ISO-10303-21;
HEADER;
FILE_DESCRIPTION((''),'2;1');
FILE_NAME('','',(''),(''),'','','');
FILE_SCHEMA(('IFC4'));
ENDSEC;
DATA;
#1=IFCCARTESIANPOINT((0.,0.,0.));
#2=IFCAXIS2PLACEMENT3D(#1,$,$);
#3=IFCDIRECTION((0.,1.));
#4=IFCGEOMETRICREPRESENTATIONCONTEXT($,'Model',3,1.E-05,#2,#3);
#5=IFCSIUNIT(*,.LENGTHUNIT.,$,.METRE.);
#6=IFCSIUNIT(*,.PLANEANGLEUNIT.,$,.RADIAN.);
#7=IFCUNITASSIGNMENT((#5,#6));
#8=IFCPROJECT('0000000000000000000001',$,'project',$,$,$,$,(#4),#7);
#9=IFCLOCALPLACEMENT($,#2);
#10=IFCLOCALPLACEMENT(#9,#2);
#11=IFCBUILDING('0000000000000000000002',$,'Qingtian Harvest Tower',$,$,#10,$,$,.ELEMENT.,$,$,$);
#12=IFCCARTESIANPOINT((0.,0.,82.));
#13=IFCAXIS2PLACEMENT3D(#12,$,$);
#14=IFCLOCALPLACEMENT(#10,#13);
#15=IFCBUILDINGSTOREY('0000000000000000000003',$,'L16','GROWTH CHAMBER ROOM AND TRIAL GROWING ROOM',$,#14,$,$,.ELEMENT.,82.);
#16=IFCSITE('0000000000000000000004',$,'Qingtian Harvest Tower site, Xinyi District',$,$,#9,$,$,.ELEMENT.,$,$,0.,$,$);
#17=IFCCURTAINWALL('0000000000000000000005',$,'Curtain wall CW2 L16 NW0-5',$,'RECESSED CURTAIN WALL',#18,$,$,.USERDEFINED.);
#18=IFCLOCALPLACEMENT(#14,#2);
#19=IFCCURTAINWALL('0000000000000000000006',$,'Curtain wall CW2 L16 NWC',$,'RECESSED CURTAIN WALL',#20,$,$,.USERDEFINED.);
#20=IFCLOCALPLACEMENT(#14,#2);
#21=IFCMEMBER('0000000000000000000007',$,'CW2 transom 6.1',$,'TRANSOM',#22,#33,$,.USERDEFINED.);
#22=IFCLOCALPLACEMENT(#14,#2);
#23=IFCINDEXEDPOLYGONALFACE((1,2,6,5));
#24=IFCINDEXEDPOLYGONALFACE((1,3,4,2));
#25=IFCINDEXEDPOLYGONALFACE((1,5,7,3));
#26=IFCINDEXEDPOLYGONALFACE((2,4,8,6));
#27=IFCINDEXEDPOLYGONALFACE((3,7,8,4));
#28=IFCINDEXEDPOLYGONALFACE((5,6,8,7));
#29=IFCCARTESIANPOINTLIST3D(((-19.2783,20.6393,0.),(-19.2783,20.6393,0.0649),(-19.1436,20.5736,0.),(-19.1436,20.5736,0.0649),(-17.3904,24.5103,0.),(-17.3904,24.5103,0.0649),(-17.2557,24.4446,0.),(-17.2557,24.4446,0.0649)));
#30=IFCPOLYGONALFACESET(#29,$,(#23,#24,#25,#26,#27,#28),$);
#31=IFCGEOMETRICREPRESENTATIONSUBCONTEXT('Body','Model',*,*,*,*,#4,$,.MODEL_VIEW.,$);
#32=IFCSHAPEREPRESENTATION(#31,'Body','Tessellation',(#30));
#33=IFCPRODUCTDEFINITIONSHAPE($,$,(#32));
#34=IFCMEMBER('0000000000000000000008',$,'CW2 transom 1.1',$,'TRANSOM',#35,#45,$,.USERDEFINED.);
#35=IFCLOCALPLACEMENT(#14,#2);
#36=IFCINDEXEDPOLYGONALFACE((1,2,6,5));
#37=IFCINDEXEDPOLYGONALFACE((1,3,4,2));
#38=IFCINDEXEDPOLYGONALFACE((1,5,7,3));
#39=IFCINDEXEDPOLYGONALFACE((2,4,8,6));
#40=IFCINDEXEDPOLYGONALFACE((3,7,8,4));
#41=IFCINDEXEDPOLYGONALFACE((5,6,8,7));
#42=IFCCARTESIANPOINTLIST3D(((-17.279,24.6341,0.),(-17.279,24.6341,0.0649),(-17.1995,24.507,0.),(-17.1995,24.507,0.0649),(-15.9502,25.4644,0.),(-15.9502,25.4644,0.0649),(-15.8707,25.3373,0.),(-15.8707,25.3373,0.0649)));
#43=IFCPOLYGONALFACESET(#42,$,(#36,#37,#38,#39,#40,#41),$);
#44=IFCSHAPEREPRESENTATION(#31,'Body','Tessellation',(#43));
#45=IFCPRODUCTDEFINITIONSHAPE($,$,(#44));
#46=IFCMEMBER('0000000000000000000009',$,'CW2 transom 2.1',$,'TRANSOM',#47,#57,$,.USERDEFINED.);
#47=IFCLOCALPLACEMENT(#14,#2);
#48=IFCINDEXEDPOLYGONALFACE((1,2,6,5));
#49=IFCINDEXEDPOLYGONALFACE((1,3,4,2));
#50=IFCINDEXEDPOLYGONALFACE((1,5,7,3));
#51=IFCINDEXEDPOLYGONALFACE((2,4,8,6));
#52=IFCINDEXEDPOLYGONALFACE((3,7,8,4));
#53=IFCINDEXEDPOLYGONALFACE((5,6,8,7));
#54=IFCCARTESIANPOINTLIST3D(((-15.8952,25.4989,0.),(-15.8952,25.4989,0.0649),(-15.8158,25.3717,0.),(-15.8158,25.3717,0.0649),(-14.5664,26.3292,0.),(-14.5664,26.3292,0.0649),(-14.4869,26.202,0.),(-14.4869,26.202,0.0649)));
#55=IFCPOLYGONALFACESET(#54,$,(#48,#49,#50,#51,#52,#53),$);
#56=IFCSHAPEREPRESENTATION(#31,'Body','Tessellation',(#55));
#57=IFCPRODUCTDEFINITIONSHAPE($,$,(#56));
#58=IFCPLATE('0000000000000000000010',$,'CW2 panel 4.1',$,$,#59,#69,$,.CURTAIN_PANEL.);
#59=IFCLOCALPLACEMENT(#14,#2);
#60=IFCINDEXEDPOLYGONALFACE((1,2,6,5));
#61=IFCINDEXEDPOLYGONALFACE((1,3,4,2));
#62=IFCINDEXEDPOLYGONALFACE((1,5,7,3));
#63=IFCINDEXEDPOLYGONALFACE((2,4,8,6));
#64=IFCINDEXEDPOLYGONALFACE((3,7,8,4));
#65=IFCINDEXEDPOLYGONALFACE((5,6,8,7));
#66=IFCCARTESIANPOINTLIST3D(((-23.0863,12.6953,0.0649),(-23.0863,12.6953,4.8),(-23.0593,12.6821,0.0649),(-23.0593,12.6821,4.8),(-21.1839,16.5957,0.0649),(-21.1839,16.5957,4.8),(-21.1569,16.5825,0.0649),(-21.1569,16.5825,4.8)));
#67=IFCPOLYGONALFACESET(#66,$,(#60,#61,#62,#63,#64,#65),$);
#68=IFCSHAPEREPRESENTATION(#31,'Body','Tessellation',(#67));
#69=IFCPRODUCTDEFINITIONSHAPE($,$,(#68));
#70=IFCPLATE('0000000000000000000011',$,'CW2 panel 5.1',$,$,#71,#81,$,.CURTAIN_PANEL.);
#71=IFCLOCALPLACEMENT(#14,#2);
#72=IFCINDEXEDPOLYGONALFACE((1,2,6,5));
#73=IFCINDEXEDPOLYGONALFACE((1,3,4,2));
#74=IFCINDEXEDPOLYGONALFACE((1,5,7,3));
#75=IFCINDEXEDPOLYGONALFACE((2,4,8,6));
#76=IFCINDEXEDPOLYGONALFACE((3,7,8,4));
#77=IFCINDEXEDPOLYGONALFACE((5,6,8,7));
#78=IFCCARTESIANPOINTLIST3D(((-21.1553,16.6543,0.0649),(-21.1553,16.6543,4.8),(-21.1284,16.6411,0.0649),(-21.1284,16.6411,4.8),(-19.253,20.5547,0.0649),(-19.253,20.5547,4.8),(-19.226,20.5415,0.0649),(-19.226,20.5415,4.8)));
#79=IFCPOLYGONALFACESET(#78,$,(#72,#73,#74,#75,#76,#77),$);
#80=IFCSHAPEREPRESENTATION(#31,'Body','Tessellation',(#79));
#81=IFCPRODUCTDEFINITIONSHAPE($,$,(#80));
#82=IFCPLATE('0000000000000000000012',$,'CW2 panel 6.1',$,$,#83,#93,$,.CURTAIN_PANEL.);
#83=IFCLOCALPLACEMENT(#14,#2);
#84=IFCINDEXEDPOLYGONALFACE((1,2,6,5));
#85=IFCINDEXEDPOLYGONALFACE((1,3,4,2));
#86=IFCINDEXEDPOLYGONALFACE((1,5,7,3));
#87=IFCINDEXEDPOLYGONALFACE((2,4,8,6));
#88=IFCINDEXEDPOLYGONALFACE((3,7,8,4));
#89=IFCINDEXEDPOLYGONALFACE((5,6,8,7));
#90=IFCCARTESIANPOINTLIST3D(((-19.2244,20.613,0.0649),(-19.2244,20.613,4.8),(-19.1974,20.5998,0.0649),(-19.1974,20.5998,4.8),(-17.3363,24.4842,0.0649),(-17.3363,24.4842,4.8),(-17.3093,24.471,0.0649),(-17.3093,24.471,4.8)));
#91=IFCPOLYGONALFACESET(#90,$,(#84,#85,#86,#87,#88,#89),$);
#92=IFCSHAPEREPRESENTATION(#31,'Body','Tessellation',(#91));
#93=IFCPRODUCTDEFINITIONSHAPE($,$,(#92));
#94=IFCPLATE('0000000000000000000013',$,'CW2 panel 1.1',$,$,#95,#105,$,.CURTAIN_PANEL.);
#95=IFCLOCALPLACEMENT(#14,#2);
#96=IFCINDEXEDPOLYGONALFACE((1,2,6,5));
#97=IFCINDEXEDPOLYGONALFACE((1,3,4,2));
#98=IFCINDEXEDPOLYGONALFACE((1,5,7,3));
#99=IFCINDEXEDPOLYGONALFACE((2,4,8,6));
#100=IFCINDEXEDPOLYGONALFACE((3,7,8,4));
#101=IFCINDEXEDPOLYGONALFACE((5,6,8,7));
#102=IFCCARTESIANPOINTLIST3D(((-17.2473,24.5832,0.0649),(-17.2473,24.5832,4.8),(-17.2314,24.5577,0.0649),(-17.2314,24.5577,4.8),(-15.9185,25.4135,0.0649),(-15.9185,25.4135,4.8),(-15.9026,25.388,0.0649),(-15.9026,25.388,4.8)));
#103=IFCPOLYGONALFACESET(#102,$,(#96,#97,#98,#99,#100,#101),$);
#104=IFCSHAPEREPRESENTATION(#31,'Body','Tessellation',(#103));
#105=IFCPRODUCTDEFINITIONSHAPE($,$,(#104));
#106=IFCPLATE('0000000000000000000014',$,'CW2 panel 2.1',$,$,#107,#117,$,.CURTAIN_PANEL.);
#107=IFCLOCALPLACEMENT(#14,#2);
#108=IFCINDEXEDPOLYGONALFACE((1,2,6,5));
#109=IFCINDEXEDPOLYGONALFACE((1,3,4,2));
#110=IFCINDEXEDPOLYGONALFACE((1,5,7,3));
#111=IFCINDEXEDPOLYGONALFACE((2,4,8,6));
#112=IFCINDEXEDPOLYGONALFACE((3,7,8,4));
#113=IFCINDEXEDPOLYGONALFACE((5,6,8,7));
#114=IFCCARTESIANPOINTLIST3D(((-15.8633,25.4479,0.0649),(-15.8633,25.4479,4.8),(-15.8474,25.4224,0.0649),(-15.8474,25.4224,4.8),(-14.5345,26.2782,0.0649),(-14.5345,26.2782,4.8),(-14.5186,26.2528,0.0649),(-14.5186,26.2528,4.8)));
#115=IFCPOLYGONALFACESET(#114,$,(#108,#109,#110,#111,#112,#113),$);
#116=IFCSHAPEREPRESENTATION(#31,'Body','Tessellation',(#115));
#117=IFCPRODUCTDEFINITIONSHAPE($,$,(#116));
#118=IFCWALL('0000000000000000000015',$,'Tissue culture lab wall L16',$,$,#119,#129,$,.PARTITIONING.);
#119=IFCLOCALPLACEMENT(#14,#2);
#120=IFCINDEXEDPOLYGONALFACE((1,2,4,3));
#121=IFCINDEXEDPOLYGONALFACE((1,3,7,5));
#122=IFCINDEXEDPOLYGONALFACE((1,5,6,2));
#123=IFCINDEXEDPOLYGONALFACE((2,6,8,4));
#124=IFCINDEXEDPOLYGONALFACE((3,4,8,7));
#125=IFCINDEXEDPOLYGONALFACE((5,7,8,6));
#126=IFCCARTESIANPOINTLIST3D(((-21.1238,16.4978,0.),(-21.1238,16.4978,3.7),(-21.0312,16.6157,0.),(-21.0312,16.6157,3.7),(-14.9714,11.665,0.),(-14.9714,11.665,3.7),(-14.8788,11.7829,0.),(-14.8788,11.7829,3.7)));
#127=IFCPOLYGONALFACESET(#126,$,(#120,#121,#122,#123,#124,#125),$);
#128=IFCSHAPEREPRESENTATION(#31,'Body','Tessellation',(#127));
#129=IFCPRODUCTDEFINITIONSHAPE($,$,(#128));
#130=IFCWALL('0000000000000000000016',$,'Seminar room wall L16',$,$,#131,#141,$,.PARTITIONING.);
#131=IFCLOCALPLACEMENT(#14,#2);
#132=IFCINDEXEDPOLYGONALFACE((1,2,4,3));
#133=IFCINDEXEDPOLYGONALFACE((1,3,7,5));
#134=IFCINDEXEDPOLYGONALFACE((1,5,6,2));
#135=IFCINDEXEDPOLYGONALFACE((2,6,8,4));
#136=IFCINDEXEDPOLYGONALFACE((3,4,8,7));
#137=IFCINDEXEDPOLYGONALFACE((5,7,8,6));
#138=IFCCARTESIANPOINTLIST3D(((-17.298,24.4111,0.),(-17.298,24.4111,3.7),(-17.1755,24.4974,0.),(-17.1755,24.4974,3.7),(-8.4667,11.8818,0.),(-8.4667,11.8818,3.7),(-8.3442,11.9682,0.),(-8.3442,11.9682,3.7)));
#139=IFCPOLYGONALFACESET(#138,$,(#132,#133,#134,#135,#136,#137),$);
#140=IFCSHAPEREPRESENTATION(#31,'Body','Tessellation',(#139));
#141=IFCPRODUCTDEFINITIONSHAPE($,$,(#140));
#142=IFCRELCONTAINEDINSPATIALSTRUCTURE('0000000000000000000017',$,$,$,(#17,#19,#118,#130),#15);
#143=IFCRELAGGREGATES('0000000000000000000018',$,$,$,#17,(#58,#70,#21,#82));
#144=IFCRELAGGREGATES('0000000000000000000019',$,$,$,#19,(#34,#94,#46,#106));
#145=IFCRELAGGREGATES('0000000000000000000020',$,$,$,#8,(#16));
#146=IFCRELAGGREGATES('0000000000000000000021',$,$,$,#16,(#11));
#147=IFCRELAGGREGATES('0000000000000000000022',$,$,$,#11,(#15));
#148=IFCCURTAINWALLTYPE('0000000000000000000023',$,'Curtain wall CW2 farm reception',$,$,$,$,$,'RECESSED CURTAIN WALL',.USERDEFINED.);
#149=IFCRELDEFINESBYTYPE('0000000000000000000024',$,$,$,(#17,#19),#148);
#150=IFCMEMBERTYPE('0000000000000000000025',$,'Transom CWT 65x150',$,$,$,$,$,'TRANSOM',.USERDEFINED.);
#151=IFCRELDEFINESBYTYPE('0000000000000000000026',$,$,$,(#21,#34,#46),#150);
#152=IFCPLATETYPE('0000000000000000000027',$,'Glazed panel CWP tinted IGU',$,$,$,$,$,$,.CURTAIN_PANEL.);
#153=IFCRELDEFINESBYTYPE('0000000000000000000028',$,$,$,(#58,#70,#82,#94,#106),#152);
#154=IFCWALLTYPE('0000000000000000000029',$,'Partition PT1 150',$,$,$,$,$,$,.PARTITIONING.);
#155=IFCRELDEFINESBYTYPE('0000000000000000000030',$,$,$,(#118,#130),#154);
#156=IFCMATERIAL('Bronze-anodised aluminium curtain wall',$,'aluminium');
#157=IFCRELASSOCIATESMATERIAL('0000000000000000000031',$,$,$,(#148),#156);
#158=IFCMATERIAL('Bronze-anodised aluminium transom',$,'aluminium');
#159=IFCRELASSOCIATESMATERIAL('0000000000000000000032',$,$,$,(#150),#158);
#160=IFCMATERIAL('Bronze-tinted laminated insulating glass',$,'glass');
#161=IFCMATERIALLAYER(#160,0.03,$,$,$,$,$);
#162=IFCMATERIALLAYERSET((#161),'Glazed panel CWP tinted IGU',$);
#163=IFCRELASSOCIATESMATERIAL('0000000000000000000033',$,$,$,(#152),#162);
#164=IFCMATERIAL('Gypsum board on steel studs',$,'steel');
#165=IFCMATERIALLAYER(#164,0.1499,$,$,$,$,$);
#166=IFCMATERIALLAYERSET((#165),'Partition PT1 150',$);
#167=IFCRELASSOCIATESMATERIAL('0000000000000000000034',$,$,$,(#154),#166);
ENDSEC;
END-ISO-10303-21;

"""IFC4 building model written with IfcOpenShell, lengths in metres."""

from ifc_helpers import new_model, si_unit, direction, frame, frame_2d, origin, origin_2d, place, context, subcontext, project, spatial, rectangle, extrude, material, layer, layer_set, material_profile, profile_set, type_object, element, aggregate, save


model = new_model("IFC4")

# Units and contexts
model_context = context("Model", 3, precision=1e-05, world=origin(), true_north=direction((0.0, 1.0)))
body_context = subcontext(model_context, "Body", "Model", "MODEL_VIEW")
ifc_project = project(units=[si_unit("LENGTHUNIT", "METRE"), si_unit("PLANEANGLEUNIT", "RADIAN")], contexts=[model_context])

# Site, building, storey
site_placement = place(None, origin())
site = spatial("IfcSite", under=ifc_project, at=site_placement, Name="Qingtian Harvest Tower site, Xinyi District", CompositionType="ELEMENT", RefElevation=0.0)
building_placement = place(site_placement, origin())
building = spatial("IfcBuilding", under=site, at=building_placement, Name="Qingtian Harvest Tower", CompositionType="ELEMENT")
storey_placement = place(building_placement, frame((0.0, 0.0, 82.0)))
storey = spatial("IfcBuildingStorey", under=building, at=storey_placement, Name="L16", Description="GROWTH CHAMBER ROOM AND TRIAL GROWING ROOM", CompositionType="ELEMENT", Elevation=82.0)

# Curtain walls
ifc_material_1 = material(Name="Bronze-anodised aluminium curtain wall", Category="aluminium")
curtain_wall_type = type_object("IfcCurtainWallType", Name="Curtain wall CW2 farm reception", ElementType="RECESSED CURTAIN WALL", PredefinedType="USERDEFINED", material=ifc_material_1)
curtain_wall_1_placement = place(storey_placement, origin())
curtain_wall_1 = element("IfcCurtainWall", 1, at=curtain_wall_1_placement, inside=storey, type_object=curtain_wall_type, Name="Curtain wall CW2 L16 NW0-5", ObjectType="RECESSED CURTAIN WALL", PredefinedType="USERDEFINED")
curtain_wall_2_placement = place(storey_placement, origin())
curtain_wall_2 = element("IfcCurtainWall", 2, at=curtain_wall_2_placement, inside=storey, type_object=curtain_wall_type, Name="Curtain wall CW2 L16 NWC", ObjectType="RECESSED CURTAIN WALL", PredefinedType="USERDEFINED")

# Members
ifc_material_2 = material(Name="Bronze-anodised aluminium transom", Category="aluminium")
ifc_material_profile_1 = material_profile(ifc_material_2, rectangle(XDim=0.1499, YDim=0.0649, at=origin_2d()), Name="AL 65x150")
ifc_profile_set_1 = profile_set([ifc_material_profile_1], Name="Bronze-anodised aluminium transom")
member_type_1 = type_object("IfcMemberType", Name="Transom CWT 65x150", ElementType="TRANSOM", PredefinedType="USERDEFINED", material=ifc_profile_set_1)
member_1_placement = place(storey_placement, frame((-19.2109, 20.6064, 0.0325), z_axis=(0.438349, 0.898805, 0.0), x_axis=(-0.898805, 0.438349, 0.0)))
member_1 = element("IfcMember", 3, at=member_1_placement, type_object=member_type_1, Name="CW2 transom 6.1", ObjectType="TRANSOM", PredefinedType="USERDEFINED", context=body_context, shape_type="SweptSolid", body=[
    extrude(rectangle(XDim=0.1499, YDim=0.0649, at=origin_2d()), origin(), (0.0, 0.0, 1.0), 4.3069),
])
member_2_placement = place(storey_placement, frame((-17.2393, 24.5706, 0.0325), z_axis=(0.84806, 0.529901, 0.0), x_axis=(-0.529901, 0.84806, 0.0)))
member_2 = element("IfcMember", 4, at=member_2_placement, type_object=member_type_1, Name="CW2 transom 1.1", ObjectType="TRANSOM", PredefinedType="USERDEFINED", context=body_context, shape_type="SweptSolid", body=[
    extrude(rectangle(XDim=0.1499, YDim=0.0649, at=origin_2d()), origin(), (0.0, 0.0, 1.0), 1.5669),
])
member_3_placement = place(storey_placement, frame((-15.8555, 25.4353, 0.0325), z_axis=(0.84806, 0.529901, 0.0), x_axis=(-0.529901, 0.84806, 0.0)))
member_3 = element("IfcMember", 5, at=member_3_placement, type_object=member_type_1, Name="CW2 transom 2.1", ObjectType="TRANSOM", PredefinedType="USERDEFINED", context=body_context, shape_type="SweptSolid", body=[
    extrude(rectangle(XDim=0.1499, YDim=0.0649, at=origin_2d()), origin(), (0.0, 0.0, 1.0), 1.5669),
])

# Plates
ifc_material_3 = material(Name="Bronze-tinted laminated insulating glass", Category="glass")
ifc_layer_1 = layer(ifc_material_3, 0.03)
ifc_layer_set_1 = layer_set([ifc_layer_1], Name="Glazed panel CWP tinted IGU")
plate_type = type_object("IfcPlateType", Name="Glazed panel CWP tinted IGU", PredefinedType="CURTAIN_PANEL", material=ifc_layer_set_1)
plate_1_placement = place(storey_placement, frame((-22.1216, 14.6389, 0.0649), z_axis=(0.0, 0.0, 1.0), x_axis=(0.438371, 0.898794, 0.0)))
plate_1 = element("IfcPlate", 6, at=plate_1_placement, type_object=plate_type, Name="CW2 panel 4.1", PredefinedType="CURTAIN_PANEL", context=body_context, shape_type="SweptSolid", body=[
    extrude(rectangle(XDim=4.3396, YDim=0.03, at=origin_2d()), origin(), (0.0, 0.0, 1.0), 4.7351),
])
plate_2_placement = place(storey_placement, frame((-20.1907, 18.5979, 0.0649), z_axis=(0.0, 0.0, 1.0), x_axis=(0.438371, 0.898794, 0.0)))
plate_2 = element("IfcPlate", 7, at=plate_2_placement, type_object=plate_type, Name="CW2 panel 5.1", PredefinedType="CURTAIN_PANEL", context=body_context, shape_type="SweptSolid", body=[
    extrude(rectangle(XDim=4.3396, YDim=0.03, at=origin_2d()), origin(), (0.0, 0.0, 1.0), 4.7351),
])
plate_3_placement = place(storey_placement, frame((-18.2668, 22.542, 0.0649), z_axis=(0.0, 0.0, 1.0), x_axis=(0.438371, 0.898794, 0.0)))
plate_3 = element("IfcPlate", 8, at=plate_3_placement, type_object=plate_type, Name="CW2 panel 6.1", PredefinedType="CURTAIN_PANEL", context=body_context, shape_type="SweptSolid", body=[
    extrude(rectangle(XDim=4.3071, YDim=0.03, at=origin_2d()), origin(), (0.0, 0.0, 1.0), 4.7351),
])
aggregate(curtain_wall_1, [plate_1, plate_2, member_1, plate_3])
plate_4_placement = place(storey_placement, frame((-16.575, 24.9856, 0.0649), z_axis=(0.0, 0.0, 1.0), x_axis=(0.848048, 0.529919, 0.0)))
plate_4 = element("IfcPlate", 9, at=plate_4_placement, type_object=plate_type, Name="CW2 panel 1.1", PredefinedType="CURTAIN_PANEL", context=body_context, shape_type="SweptSolid", body=[
    extrude(rectangle(XDim=1.5669, YDim=0.03, at=origin_2d()), origin(), (0.0, 0.0, 1.0), 4.7351),
])
plate_5_placement = place(storey_placement, frame((-15.1909, 25.8503, 0.0649), z_axis=(0.0, 0.0, 1.0), x_axis=(0.848048, 0.529919, 0.0)))
plate_5 = element("IfcPlate", 10, at=plate_5_placement, type_object=plate_type, Name="CW2 panel 2.1", PredefinedType="CURTAIN_PANEL", context=body_context, shape_type="SweptSolid", body=[
    extrude(rectangle(XDim=1.5669, YDim=0.03, at=origin_2d()), origin(), (0.0, 0.0, 1.0), 4.7351),
])
aggregate(curtain_wall_2, [member_2, plate_4, member_3, plate_5])

# Walls
ifc_material_4 = material(Name="Gypsum board on steel studs", Category="steel")
ifc_layer_2 = layer(ifc_material_4, 0.1499)
ifc_layer_set_2 = layer_set([ifc_layer_2], Name="Partition PT1 150")
wall_type = type_object("IfcWallType", Name="Partition PT1 150", PredefinedType="PARTITIONING", material=ifc_layer_set_2)
wall_1_placement = place(storey_placement, frame((-21.0774, 16.5566, 0.0), z_axis=(0.0, 0.0, 1.0), x_axis=(0.786394, -0.617725, 0.0)))
element("IfcWall", 11, at=wall_1_placement, inside=storey, type_object=wall_type, Name="Tissue culture lab wall L16", PredefinedType="PARTITIONING", context=body_context, shape_type="SweptSolid", body=[
    extrude(rectangle(XDim=7.8235, YDim=0.1499, at=frame_2d((3.9116, 0.0))), origin(), (0.0, 0.0, 1.0), 3.7),
])
wall_2_placement = place(storey_placement, frame((-17.2368, 24.4543, 0.0), z_axis=(0.0, 0.0, 1.0), x_axis=(0.576121, -0.817364, 0.0)))
element("IfcWall", 12, at=wall_2_placement, inside=storey, type_object=wall_type, Name="Seminar room wall L16", PredefinedType="PARTITIONING", context=body_context, shape_type="SweptSolid", body=[
    extrude(rectangle(XDim=15.3289, YDim=0.1499, at=frame_2d((7.6646, 0.0))), origin(), (0.0, 0.0, 1.0), 3.7),
])

save(model, "model.ifc")
